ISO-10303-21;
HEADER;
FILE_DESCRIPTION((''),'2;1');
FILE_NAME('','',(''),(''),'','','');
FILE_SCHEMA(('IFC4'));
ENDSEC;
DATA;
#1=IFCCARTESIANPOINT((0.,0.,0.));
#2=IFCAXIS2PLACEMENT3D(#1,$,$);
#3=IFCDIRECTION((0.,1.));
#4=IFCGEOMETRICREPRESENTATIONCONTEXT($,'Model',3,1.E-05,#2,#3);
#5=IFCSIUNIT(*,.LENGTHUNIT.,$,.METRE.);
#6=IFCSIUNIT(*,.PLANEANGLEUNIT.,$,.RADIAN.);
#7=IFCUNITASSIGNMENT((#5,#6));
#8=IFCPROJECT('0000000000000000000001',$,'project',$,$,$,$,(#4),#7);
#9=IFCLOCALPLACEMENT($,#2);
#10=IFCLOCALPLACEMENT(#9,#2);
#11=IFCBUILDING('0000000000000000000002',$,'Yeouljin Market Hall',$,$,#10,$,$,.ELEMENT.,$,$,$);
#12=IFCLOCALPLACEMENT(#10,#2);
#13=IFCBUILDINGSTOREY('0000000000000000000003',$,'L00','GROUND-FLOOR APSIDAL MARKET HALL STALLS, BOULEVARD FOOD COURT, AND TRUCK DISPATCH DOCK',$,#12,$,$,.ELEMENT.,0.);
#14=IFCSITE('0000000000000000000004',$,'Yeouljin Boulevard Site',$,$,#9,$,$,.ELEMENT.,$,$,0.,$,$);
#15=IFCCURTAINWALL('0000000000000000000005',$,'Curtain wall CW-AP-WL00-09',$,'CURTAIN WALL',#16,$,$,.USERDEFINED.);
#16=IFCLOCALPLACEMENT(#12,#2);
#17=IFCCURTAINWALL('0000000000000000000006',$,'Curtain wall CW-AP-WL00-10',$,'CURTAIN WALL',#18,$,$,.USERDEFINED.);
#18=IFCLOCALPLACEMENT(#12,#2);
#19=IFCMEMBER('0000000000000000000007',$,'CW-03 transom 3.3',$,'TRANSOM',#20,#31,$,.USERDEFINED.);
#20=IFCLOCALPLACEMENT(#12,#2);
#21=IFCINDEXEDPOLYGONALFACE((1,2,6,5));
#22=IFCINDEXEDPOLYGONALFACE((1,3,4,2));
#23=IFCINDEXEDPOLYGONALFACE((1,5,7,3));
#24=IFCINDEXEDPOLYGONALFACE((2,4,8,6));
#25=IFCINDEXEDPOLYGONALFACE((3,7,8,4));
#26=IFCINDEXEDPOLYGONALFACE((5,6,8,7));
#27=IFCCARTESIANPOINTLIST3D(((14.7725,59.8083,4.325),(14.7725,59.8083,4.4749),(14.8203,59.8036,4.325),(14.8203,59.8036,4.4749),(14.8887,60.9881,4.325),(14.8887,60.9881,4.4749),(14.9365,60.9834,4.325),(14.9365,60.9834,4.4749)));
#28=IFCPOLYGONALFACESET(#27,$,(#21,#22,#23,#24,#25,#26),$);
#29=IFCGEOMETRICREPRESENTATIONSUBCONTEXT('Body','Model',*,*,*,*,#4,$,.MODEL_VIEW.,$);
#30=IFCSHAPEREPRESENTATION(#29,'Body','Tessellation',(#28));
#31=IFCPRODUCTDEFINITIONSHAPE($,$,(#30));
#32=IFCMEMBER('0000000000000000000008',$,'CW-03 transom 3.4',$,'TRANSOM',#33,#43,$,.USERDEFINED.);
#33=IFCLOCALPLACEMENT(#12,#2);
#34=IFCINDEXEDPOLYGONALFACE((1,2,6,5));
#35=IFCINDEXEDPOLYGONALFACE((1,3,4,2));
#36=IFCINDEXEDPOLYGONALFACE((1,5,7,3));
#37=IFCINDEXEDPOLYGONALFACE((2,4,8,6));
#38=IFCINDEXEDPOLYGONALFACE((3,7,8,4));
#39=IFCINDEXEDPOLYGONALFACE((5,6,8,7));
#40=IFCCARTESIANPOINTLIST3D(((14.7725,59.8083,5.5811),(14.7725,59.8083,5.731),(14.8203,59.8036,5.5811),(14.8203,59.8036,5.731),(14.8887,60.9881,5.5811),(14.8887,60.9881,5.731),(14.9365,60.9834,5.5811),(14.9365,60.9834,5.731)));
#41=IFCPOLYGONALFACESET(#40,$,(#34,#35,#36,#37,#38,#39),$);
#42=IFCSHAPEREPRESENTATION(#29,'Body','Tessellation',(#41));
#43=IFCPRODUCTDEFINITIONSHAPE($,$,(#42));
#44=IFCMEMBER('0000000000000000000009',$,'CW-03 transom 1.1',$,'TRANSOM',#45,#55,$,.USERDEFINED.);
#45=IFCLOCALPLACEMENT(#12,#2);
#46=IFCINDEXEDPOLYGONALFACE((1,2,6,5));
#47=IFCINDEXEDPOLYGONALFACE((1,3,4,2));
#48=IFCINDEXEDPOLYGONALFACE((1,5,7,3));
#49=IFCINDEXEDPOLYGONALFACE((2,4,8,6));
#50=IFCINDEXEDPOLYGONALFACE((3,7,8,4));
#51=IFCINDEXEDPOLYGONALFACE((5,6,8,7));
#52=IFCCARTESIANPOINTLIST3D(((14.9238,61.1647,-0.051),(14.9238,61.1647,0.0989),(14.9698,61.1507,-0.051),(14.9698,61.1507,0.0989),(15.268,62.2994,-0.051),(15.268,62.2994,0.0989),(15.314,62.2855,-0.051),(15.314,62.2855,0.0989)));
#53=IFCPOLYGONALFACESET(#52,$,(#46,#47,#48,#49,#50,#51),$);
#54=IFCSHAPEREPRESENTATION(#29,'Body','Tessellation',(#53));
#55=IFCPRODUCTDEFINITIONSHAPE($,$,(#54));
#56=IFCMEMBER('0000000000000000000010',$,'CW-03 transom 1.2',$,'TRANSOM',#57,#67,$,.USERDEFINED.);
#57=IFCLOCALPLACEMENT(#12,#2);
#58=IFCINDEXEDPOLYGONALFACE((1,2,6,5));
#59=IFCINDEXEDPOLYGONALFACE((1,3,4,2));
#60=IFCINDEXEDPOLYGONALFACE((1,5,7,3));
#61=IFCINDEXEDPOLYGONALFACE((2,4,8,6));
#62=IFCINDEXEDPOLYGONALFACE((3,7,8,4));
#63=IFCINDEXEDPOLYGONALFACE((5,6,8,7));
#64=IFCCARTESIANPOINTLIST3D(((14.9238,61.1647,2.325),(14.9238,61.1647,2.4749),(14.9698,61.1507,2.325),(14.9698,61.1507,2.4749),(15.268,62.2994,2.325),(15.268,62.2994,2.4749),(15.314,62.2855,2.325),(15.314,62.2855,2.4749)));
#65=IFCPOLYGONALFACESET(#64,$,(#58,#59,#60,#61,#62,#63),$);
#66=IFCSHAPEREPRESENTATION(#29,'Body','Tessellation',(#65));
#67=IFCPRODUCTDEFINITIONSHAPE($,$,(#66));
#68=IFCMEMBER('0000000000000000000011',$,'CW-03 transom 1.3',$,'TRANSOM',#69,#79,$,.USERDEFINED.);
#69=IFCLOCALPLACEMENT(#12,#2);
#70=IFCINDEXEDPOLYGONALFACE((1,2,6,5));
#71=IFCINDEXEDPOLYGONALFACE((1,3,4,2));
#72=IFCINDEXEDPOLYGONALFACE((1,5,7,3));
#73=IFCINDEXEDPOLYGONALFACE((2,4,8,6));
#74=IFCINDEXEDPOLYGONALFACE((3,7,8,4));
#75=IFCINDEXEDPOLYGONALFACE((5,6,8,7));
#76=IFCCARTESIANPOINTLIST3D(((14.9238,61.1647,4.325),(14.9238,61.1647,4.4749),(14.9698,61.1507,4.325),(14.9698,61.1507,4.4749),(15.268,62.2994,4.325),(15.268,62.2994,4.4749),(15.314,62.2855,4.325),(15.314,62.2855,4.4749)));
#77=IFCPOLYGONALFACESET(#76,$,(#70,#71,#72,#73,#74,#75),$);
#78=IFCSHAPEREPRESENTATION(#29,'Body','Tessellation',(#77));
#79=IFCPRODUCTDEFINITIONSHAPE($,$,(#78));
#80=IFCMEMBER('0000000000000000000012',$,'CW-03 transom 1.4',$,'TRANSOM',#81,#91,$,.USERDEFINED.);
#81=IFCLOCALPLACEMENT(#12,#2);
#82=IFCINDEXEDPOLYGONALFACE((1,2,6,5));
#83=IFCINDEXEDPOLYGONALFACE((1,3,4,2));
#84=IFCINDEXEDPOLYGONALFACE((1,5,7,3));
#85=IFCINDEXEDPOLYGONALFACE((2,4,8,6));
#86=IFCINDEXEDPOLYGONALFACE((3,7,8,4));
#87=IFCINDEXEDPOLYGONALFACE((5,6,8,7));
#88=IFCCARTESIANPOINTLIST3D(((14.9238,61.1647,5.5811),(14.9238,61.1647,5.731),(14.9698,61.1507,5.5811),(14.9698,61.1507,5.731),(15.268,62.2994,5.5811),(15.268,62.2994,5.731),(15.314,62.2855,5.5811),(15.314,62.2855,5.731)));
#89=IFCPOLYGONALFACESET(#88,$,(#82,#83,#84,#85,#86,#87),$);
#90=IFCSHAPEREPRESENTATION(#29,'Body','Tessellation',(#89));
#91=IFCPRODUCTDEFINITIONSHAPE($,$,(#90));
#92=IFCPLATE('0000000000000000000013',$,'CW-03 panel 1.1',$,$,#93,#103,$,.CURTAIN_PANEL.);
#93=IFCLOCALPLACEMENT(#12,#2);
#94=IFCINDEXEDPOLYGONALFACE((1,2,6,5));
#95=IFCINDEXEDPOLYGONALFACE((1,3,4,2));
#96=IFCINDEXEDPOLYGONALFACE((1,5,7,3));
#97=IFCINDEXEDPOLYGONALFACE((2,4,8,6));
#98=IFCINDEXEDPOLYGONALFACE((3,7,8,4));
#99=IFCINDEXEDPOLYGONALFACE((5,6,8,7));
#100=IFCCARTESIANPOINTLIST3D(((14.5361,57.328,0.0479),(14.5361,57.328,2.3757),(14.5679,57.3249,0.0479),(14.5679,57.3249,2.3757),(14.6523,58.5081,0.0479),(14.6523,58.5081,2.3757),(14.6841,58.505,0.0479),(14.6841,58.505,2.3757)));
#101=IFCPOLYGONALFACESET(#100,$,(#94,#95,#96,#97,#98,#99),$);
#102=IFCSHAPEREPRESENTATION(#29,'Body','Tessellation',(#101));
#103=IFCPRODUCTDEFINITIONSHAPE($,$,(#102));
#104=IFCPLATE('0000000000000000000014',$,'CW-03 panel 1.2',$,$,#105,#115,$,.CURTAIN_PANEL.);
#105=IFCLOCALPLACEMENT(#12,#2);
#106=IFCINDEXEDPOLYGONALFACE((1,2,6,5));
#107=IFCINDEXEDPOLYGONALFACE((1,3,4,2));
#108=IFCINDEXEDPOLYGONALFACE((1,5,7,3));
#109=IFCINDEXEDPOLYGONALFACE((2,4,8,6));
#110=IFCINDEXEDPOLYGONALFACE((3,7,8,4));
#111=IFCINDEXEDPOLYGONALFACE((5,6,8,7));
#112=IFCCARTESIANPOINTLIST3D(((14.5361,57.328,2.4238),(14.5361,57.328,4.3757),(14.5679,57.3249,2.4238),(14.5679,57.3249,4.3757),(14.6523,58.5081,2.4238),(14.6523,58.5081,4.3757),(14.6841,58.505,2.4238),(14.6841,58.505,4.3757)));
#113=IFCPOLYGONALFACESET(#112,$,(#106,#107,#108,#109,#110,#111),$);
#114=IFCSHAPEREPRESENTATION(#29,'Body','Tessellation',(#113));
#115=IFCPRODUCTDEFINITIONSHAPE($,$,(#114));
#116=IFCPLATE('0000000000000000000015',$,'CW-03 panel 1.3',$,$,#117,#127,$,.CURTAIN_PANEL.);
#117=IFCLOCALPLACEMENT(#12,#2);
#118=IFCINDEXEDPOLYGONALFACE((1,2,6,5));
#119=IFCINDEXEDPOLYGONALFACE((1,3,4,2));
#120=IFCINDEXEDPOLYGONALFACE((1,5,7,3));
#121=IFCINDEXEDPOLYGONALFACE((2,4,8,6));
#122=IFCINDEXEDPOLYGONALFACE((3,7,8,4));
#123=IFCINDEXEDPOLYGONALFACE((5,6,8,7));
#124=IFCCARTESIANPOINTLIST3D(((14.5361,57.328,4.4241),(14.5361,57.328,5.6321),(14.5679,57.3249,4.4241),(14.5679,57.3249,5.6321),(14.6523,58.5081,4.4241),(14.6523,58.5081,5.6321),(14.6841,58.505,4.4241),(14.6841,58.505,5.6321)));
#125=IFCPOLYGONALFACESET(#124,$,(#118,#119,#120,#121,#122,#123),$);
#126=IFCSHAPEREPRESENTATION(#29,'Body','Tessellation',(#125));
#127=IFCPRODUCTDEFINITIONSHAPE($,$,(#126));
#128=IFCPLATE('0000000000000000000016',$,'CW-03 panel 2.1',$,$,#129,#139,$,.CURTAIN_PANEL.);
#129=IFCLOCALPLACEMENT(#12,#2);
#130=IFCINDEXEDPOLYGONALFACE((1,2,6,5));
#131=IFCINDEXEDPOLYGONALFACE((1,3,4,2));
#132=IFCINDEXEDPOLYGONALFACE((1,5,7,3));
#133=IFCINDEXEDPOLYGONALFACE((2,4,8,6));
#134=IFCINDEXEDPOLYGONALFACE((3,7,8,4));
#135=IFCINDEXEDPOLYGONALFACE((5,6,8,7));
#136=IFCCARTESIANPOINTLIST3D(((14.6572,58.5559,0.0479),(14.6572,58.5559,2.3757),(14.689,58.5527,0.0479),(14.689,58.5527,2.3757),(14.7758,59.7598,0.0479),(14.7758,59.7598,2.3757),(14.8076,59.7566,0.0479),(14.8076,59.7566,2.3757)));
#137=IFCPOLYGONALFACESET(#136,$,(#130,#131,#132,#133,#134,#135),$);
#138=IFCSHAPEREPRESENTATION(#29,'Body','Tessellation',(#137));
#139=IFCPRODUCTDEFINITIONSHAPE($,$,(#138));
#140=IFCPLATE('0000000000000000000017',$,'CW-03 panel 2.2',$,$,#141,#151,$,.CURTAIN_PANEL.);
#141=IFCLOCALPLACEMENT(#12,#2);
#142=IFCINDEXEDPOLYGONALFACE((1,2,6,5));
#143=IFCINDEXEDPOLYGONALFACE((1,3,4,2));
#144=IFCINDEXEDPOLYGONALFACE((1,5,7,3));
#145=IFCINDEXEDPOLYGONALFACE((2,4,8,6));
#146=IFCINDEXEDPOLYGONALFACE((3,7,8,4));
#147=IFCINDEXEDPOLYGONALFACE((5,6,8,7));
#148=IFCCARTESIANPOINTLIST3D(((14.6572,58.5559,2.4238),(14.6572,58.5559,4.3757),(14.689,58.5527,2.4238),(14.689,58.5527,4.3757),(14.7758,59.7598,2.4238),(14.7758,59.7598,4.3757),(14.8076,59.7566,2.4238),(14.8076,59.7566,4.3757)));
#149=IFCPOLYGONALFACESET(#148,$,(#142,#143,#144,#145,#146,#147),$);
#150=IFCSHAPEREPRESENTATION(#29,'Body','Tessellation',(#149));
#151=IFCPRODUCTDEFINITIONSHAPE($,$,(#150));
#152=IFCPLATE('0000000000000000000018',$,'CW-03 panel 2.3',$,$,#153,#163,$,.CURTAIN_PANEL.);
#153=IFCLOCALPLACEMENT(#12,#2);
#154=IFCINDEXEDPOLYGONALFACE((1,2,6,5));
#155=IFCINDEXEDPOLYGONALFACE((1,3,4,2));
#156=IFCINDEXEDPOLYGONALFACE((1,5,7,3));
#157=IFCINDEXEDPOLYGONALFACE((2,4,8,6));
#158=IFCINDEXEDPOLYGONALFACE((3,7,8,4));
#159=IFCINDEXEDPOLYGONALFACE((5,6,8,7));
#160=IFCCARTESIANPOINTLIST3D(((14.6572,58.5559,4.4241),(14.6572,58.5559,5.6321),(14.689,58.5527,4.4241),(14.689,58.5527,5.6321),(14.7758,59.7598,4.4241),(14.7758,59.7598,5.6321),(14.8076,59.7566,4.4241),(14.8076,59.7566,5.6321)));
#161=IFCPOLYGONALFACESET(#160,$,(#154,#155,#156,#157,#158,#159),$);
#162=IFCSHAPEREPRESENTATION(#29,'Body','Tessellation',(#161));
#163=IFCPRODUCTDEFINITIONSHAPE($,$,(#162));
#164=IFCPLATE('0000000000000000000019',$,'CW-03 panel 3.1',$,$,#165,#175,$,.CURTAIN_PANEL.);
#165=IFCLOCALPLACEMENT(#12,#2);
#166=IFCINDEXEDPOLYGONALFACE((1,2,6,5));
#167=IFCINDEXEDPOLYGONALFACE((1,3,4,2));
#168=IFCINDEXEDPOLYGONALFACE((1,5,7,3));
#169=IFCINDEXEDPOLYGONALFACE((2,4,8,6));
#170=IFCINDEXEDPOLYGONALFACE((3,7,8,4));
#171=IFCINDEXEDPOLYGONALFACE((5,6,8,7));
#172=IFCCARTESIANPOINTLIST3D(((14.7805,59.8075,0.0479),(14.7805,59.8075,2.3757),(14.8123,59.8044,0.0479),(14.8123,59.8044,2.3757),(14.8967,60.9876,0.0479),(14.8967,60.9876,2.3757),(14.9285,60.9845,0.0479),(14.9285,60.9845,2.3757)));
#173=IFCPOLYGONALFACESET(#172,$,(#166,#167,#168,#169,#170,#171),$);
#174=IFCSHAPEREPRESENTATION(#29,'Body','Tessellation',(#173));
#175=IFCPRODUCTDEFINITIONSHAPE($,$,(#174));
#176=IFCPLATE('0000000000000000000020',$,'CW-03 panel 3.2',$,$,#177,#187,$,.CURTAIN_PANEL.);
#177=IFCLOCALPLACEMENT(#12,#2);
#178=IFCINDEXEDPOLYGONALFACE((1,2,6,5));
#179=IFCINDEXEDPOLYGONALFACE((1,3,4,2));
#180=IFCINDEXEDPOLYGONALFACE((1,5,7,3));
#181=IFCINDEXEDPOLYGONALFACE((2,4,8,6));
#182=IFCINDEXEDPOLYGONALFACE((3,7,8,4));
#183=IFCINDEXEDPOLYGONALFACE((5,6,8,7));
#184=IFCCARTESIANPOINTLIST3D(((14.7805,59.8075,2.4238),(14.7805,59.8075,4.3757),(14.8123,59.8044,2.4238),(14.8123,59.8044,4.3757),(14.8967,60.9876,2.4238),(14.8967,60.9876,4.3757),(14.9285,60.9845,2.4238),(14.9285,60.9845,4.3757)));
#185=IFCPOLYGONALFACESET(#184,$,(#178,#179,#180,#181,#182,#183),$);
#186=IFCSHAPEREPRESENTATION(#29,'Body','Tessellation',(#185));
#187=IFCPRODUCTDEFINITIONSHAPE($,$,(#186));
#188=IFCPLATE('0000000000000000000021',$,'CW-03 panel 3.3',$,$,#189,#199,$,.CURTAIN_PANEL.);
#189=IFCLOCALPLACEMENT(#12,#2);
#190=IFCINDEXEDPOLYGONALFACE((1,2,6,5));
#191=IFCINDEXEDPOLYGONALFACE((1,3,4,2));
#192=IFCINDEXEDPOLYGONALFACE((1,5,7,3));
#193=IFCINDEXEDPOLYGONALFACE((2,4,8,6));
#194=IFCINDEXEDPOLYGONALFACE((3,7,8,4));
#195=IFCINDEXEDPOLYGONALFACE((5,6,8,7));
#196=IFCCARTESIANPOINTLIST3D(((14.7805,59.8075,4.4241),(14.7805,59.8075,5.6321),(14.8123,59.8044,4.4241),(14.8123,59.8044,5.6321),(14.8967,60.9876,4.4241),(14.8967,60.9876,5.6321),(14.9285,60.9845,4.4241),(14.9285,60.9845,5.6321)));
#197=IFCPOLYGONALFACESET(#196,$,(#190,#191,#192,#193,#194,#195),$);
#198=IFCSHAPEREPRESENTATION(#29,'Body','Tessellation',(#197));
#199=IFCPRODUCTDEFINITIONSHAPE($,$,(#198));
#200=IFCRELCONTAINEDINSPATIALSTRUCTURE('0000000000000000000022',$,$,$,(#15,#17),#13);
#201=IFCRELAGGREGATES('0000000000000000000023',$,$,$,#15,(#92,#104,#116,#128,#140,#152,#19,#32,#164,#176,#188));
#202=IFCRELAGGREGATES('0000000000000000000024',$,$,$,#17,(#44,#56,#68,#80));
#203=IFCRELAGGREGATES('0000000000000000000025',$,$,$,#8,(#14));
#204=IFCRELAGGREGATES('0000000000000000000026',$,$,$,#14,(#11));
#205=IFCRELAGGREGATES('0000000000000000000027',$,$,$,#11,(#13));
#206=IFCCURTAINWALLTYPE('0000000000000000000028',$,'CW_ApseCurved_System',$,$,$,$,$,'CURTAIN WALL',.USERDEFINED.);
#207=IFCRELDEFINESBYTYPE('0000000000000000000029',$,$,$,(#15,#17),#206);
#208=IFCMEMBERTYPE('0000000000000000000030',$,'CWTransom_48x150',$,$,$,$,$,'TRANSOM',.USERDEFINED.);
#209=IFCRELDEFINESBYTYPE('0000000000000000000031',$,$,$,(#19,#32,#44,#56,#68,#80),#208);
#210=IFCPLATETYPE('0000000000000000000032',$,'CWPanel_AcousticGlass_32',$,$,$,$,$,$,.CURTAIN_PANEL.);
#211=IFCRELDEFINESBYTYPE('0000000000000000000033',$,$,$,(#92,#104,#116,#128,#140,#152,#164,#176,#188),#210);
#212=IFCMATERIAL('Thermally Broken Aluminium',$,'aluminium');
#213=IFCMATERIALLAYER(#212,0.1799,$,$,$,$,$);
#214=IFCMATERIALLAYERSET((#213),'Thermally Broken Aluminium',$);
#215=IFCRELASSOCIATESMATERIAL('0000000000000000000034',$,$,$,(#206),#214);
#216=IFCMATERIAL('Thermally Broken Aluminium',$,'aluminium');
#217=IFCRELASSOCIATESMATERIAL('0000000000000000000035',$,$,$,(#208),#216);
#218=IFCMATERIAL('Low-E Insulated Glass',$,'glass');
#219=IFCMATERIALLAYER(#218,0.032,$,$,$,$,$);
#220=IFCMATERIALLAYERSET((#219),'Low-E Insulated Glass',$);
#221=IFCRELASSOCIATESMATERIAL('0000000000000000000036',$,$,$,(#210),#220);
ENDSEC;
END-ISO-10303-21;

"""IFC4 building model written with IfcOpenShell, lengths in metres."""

from ifc_helpers import new_model, si_unit, direction, frame, origin, origin_2d, place, context, subcontext, project, spatial, rectangle, extrude, material, layer, layer_set, material_profile, profile_set, type_object, element, aggregate, save


model = new_model("IFC4")

# Units and contexts
model_context = context("Model", 3, precision=1e-05, world=origin(), true_north=direction((0.0, 1.0)))
body_context = subcontext(model_context, "Body", "Model", "MODEL_VIEW")
ifc_project = project(units=[si_unit("LENGTHUNIT", "METRE"), si_unit("PLANEANGLEUNIT", "RADIAN")], contexts=[model_context])

# Site, building, storey
site_placement = place(None, origin())
site = spatial("IfcSite", under=ifc_project, at=site_placement, Name="Yeouljin Boulevard Site", CompositionType="ELEMENT", RefElevation=0.0)
building_placement = place(site_placement, origin())
building = spatial("IfcBuilding", under=site, at=building_placement, Name="Yeouljin Market Hall", CompositionType="ELEMENT")
storey_placement = place(building_placement, origin())
storey = spatial("IfcBuildingStorey", under=building, at=storey_placement, Name="L00", Description="GROUND-FLOOR APSIDAL MARKET HALL STALLS, BOULEVARD FOOD COURT, AND TRUCK DISPATCH DOCK", CompositionType="ELEMENT", Elevation=0.0)

# Curtain walls
ifc_material_1 = material(Name="Thermally Broken Aluminium", Category="aluminium")
ifc_layer_1 = layer(ifc_material_1, 0.1799)
ifc_layer_set_1 = layer_set([ifc_layer_1], Name="Thermally Broken Aluminium")
curtain_wall_type = type_object("IfcCurtainWallType", Name="CW_ApseCurved_System", ElementType="CURTAIN WALL", PredefinedType="USERDEFINED", material=ifc_layer_set_1)
curtain_wall_1_placement = place(storey_placement, origin())
curtain_wall_1 = element("IfcCurtainWall", 1, at=curtain_wall_1_placement, inside=storey, type_object=curtain_wall_type, Name="Curtain wall CW-AP-WL00-09", ObjectType="CURTAIN WALL", PredefinedType="USERDEFINED")
curtain_wall_2_placement = place(storey_placement, origin())
curtain_wall_2 = element("IfcCurtainWall", 2, at=curtain_wall_2_placement, inside=storey, type_object=curtain_wall_type, Name="Curtain wall CW-AP-WL00-10", ObjectType="CURTAIN WALL", PredefinedType="USERDEFINED")

# Members
ifc_material_2 = material(Name="Thermally Broken Aluminium", Category="aluminium")
ifc_material_profile_1 = material_profile(ifc_material_2, rectangle(XDim=0.0481, YDim=0.1499, at=origin_2d()), Name="CW-TRAN-48x150")
ifc_profile_set_1 = profile_set([ifc_material_profile_1], Name="Thermally Broken Aluminium")
member_type_1 = type_object("IfcMemberType", Name="CWTransom_48x150", ElementType="TRANSOM", PredefinedType="USERDEFINED", material=ifc_profile_set_1)
member_1_placement = place(storey_placement, frame((14.7964, 59.8059, 4.3999), z_axis=(0.098015, 0.995185, 0.0), x_axis=(-0.995185, 0.098015, 0.0)))
member_1 = element("IfcMember", 3, at=member_1_placement, type_object=member_type_1, Name="CW-03 transom 3.3", ObjectType="TRANSOM", PredefinedType="USERDEFINED", context=body_context, shape_type="SweptSolid", body=[
    extrude(rectangle(XDim=0.0481, YDim=0.1499, at=origin_2d()), origin(), (0.0, 0.0, 1.0), 1.1855),
])
member_2_placement = place(storey_placement, frame((14.7964, 59.8059, 5.656), z_axis=(0.098015, 0.995185, 0.0), x_axis=(-0.995185, 0.098015, 0.0)))
member_2 = element("IfcMember", 4, at=member_2_placement, type_object=member_type_1, Name="CW-03 transom 3.4", ObjectType="TRANSOM", PredefinedType="USERDEFINED", context=body_context, shape_type="SweptSolid", body=[
    extrude(rectangle(XDim=0.0481, YDim=0.1499, at=origin_2d()), origin(), (0.0, 0.0, 1.0), 1.1855),
])
member_3_placement = place(storey_placement, frame((14.9468, 61.1577, 0.0239), z_axis=(0.290293, 0.956938, 0.0), x_axis=(-0.956938, 0.290293, 0.0)))
member_3 = element("IfcMember", 5, at=member_3_placement, type_object=member_type_1, Name="CW-03 transom 1.1", ObjectType="TRANSOM", PredefinedType="USERDEFINED", context=body_context, shape_type="SweptSolid", body=[
    extrude(rectangle(XDim=0.0481, YDim=0.1499, at=origin_2d()), origin(), (0.0, 0.0, 1.0), 1.1858),
])
member_4_placement = place(storey_placement, frame((14.9468, 61.1577, 2.3999), z_axis=(0.290293, 0.956938, 0.0), x_axis=(-0.956938, 0.290293, 0.0)))
member_4 = element("IfcMember", 6, at=member_4_placement, type_object=member_type_1, Name="CW-03 transom 1.2", ObjectType="TRANSOM", PredefinedType="USERDEFINED", context=body_context, shape_type="SweptSolid", body=[
    extrude(rectangle(XDim=0.0481, YDim=0.1499, at=origin_2d()), origin(), (0.0, 0.0, 1.0), 1.1858),
])
member_5_placement = place(storey_placement, frame((14.9468, 61.1577, 4.3999), z_axis=(0.290293, 0.956938, 0.0), x_axis=(-0.956938, 0.290293, 0.0)))
member_5 = element("IfcMember", 7, at=member_5_placement, type_object=member_type_1, Name="CW-03 transom 1.3", ObjectType="TRANSOM", PredefinedType="USERDEFINED", context=body_context, shape_type="SweptSolid", body=[
    extrude(rectangle(XDim=0.0481, YDim=0.1499, at=origin_2d()), origin(), (0.0, 0.0, 1.0), 1.1858),
])
member_6_placement = place(storey_placement, frame((14.9468, 61.1577, 5.656), z_axis=(0.290293, 0.956938, 0.0), x_axis=(-0.956938, 0.290293, 0.0)))
member_6 = element("IfcMember", 8, at=member_6_placement, type_object=member_type_1, Name="CW-03 transom 1.4", ObjectType="TRANSOM", PredefinedType="USERDEFINED", context=body_context, shape_type="SweptSolid", body=[
    extrude(rectangle(XDim=0.0481, YDim=0.1499, at=origin_2d()), origin(), (0.0, 0.0, 1.0), 1.1858),
])

# Plates
ifc_material_3 = material(Name="Low-E Insulated Glass", Category="glass")
ifc_layer_2 = layer(ifc_material_3, 0.032)
ifc_layer_set_2 = layer_set([ifc_layer_2], Name="Low-E Insulated Glass")
plate_type = type_object("IfcPlateType", Name="CWPanel_AcousticGlass_32", PredefinedType="CURTAIN_PANEL", material=ifc_layer_set_2)
plate_1_placement = place(storey_placement, frame((14.6101, 57.9165, 0.0479), z_axis=(0.0, 0.0, 1.0), x_axis=(0.098034, 0.995183, 0.0)))
plate_1 = element("IfcPlate", 9, at=plate_1_placement, type_object=plate_type, Name="CW-03 panel 1.1", PredefinedType="CURTAIN_PANEL", context=body_context, shape_type="SweptSolid", body=[
    extrude(rectangle(XDim=1.1858, YDim=0.032, at=origin_2d()), origin(), (0.0, 0.0, 1.0), 2.3279),
])
plate_2_placement = place(storey_placement, frame((14.6101, 57.9165, 2.4238), z_axis=(0.0, 0.0, 1.0), x_axis=(0.098034, 0.995183, 0.0)))
plate_2 = element("IfcPlate", 10, at=plate_2_placement, type_object=plate_type, Name="CW-03 panel 1.2", PredefinedType="CURTAIN_PANEL", context=body_context, shape_type="SweptSolid", body=[
    extrude(rectangle(XDim=1.1858, YDim=0.032, at=origin_2d()), origin(), (0.0, 0.0, 1.0), 1.9519),
])
plate_3_placement = place(storey_placement, frame((14.6101, 57.9165, 4.4241), z_axis=(0.0, 0.0, 1.0), x_axis=(0.098034, 0.995183, 0.0)))
plate_3 = element("IfcPlate", 11, at=plate_3_placement, type_object=plate_type, Name="CW-03 panel 1.3", PredefinedType="CURTAIN_PANEL", context=body_context, shape_type="SweptSolid", body=[
    extrude(rectangle(XDim=1.1858, YDim=0.032, at=origin_2d()), origin(), (0.0, 0.0, 1.0), 1.208),
])
plate_4_placement = place(storey_placement, frame((14.7324, 59.1562, 0.0479), z_axis=(0.0, 0.0, 1.0), x_axis=(0.098034, 0.995183, 0.0)))
plate_4 = element("IfcPlate", 12, at=plate_4_placement, type_object=plate_type, Name="CW-03 panel 2.1", PredefinedType="CURTAIN_PANEL", context=body_context, shape_type="SweptSolid", body=[
    extrude(rectangle(XDim=1.2097, YDim=0.032, at=origin_2d()), origin(), (0.0, 0.0, 1.0), 2.3279),
])
plate_5_placement = place(storey_placement, frame((14.7324, 59.1562, 2.4238), z_axis=(0.0, 0.0, 1.0), x_axis=(0.098034, 0.995183, 0.0)))
plate_5 = element("IfcPlate", 13, at=plate_5_placement, type_object=plate_type, Name="CW-03 panel 2.2", PredefinedType="CURTAIN_PANEL", context=body_context, shape_type="SweptSolid", body=[
    extrude(rectangle(XDim=1.2097, YDim=0.032, at=origin_2d()), origin(), (0.0, 0.0, 1.0), 1.9519),
])
plate_6_placement = place(storey_placement, frame((14.7324, 59.1562, 4.4241), z_axis=(0.0, 0.0, 1.0), x_axis=(0.098034, 0.995183, 0.0)))
plate_6 = element("IfcPlate", 14, at=plate_6_placement, type_object=plate_type, Name="CW-03 panel 2.3", PredefinedType="CURTAIN_PANEL", context=body_context, shape_type="SweptSolid", body=[
    extrude(rectangle(XDim=1.2097, YDim=0.032, at=origin_2d()), origin(), (0.0, 0.0, 1.0), 1.208),
])
plate_7_placement = place(storey_placement, frame((14.8545, 60.396, 0.0479), z_axis=(0.0, 0.0, 1.0), x_axis=(0.098034, 0.995183, 0.0)))
plate_7 = element("IfcPlate", 15, at=plate_7_placement, type_object=plate_type, Name="CW-03 panel 3.1", PredefinedType="CURTAIN_PANEL", context=body_context, shape_type="SweptSolid", body=[
    extrude(rectangle(XDim=1.1858, YDim=0.032, at=origin_2d()), origin(), (0.0, 0.0, 1.0), 2.3279),
])
plate_8_placement = place(storey_placement, frame((14.8545, 60.396, 2.4238), z_axis=(0.0, 0.0, 1.0), x_axis=(0.098034, 0.995183, 0.0)))
plate_8 = element("IfcPlate", 16, at=plate_8_placement, type_object=plate_type, Name="CW-03 panel 3.2", PredefinedType="CURTAIN_PANEL", context=body_context, shape_type="SweptSolid", body=[
    extrude(rectangle(XDim=1.1858, YDim=0.032, at=origin_2d()), origin(), (0.0, 0.0, 1.0), 1.9519),
])
plate_9_placement = place(storey_placement, frame((14.8545, 60.396, 4.4241), z_axis=(0.0, 0.0, 1.0), x_axis=(0.098034, 0.995183, 0.0)))
plate_9 = element("IfcPlate", 17, at=plate_9_placement, type_object=plate_type, Name="CW-03 panel 3.3", PredefinedType="CURTAIN_PANEL", context=body_context, shape_type="SweptSolid", body=[
    extrude(rectangle(XDim=1.1858, YDim=0.032, at=origin_2d()), origin(), (0.0, 0.0, 1.0), 1.208),
])
aggregate(curtain_wall_1, [plate_1, plate_2, plate_3, plate_4, plate_5, plate_6, member_1, member_2, plate_7, plate_8, plate_9])
aggregate(curtain_wall_2, [member_3, member_4, member_5, member_6])

save(model, "model.ifc")
